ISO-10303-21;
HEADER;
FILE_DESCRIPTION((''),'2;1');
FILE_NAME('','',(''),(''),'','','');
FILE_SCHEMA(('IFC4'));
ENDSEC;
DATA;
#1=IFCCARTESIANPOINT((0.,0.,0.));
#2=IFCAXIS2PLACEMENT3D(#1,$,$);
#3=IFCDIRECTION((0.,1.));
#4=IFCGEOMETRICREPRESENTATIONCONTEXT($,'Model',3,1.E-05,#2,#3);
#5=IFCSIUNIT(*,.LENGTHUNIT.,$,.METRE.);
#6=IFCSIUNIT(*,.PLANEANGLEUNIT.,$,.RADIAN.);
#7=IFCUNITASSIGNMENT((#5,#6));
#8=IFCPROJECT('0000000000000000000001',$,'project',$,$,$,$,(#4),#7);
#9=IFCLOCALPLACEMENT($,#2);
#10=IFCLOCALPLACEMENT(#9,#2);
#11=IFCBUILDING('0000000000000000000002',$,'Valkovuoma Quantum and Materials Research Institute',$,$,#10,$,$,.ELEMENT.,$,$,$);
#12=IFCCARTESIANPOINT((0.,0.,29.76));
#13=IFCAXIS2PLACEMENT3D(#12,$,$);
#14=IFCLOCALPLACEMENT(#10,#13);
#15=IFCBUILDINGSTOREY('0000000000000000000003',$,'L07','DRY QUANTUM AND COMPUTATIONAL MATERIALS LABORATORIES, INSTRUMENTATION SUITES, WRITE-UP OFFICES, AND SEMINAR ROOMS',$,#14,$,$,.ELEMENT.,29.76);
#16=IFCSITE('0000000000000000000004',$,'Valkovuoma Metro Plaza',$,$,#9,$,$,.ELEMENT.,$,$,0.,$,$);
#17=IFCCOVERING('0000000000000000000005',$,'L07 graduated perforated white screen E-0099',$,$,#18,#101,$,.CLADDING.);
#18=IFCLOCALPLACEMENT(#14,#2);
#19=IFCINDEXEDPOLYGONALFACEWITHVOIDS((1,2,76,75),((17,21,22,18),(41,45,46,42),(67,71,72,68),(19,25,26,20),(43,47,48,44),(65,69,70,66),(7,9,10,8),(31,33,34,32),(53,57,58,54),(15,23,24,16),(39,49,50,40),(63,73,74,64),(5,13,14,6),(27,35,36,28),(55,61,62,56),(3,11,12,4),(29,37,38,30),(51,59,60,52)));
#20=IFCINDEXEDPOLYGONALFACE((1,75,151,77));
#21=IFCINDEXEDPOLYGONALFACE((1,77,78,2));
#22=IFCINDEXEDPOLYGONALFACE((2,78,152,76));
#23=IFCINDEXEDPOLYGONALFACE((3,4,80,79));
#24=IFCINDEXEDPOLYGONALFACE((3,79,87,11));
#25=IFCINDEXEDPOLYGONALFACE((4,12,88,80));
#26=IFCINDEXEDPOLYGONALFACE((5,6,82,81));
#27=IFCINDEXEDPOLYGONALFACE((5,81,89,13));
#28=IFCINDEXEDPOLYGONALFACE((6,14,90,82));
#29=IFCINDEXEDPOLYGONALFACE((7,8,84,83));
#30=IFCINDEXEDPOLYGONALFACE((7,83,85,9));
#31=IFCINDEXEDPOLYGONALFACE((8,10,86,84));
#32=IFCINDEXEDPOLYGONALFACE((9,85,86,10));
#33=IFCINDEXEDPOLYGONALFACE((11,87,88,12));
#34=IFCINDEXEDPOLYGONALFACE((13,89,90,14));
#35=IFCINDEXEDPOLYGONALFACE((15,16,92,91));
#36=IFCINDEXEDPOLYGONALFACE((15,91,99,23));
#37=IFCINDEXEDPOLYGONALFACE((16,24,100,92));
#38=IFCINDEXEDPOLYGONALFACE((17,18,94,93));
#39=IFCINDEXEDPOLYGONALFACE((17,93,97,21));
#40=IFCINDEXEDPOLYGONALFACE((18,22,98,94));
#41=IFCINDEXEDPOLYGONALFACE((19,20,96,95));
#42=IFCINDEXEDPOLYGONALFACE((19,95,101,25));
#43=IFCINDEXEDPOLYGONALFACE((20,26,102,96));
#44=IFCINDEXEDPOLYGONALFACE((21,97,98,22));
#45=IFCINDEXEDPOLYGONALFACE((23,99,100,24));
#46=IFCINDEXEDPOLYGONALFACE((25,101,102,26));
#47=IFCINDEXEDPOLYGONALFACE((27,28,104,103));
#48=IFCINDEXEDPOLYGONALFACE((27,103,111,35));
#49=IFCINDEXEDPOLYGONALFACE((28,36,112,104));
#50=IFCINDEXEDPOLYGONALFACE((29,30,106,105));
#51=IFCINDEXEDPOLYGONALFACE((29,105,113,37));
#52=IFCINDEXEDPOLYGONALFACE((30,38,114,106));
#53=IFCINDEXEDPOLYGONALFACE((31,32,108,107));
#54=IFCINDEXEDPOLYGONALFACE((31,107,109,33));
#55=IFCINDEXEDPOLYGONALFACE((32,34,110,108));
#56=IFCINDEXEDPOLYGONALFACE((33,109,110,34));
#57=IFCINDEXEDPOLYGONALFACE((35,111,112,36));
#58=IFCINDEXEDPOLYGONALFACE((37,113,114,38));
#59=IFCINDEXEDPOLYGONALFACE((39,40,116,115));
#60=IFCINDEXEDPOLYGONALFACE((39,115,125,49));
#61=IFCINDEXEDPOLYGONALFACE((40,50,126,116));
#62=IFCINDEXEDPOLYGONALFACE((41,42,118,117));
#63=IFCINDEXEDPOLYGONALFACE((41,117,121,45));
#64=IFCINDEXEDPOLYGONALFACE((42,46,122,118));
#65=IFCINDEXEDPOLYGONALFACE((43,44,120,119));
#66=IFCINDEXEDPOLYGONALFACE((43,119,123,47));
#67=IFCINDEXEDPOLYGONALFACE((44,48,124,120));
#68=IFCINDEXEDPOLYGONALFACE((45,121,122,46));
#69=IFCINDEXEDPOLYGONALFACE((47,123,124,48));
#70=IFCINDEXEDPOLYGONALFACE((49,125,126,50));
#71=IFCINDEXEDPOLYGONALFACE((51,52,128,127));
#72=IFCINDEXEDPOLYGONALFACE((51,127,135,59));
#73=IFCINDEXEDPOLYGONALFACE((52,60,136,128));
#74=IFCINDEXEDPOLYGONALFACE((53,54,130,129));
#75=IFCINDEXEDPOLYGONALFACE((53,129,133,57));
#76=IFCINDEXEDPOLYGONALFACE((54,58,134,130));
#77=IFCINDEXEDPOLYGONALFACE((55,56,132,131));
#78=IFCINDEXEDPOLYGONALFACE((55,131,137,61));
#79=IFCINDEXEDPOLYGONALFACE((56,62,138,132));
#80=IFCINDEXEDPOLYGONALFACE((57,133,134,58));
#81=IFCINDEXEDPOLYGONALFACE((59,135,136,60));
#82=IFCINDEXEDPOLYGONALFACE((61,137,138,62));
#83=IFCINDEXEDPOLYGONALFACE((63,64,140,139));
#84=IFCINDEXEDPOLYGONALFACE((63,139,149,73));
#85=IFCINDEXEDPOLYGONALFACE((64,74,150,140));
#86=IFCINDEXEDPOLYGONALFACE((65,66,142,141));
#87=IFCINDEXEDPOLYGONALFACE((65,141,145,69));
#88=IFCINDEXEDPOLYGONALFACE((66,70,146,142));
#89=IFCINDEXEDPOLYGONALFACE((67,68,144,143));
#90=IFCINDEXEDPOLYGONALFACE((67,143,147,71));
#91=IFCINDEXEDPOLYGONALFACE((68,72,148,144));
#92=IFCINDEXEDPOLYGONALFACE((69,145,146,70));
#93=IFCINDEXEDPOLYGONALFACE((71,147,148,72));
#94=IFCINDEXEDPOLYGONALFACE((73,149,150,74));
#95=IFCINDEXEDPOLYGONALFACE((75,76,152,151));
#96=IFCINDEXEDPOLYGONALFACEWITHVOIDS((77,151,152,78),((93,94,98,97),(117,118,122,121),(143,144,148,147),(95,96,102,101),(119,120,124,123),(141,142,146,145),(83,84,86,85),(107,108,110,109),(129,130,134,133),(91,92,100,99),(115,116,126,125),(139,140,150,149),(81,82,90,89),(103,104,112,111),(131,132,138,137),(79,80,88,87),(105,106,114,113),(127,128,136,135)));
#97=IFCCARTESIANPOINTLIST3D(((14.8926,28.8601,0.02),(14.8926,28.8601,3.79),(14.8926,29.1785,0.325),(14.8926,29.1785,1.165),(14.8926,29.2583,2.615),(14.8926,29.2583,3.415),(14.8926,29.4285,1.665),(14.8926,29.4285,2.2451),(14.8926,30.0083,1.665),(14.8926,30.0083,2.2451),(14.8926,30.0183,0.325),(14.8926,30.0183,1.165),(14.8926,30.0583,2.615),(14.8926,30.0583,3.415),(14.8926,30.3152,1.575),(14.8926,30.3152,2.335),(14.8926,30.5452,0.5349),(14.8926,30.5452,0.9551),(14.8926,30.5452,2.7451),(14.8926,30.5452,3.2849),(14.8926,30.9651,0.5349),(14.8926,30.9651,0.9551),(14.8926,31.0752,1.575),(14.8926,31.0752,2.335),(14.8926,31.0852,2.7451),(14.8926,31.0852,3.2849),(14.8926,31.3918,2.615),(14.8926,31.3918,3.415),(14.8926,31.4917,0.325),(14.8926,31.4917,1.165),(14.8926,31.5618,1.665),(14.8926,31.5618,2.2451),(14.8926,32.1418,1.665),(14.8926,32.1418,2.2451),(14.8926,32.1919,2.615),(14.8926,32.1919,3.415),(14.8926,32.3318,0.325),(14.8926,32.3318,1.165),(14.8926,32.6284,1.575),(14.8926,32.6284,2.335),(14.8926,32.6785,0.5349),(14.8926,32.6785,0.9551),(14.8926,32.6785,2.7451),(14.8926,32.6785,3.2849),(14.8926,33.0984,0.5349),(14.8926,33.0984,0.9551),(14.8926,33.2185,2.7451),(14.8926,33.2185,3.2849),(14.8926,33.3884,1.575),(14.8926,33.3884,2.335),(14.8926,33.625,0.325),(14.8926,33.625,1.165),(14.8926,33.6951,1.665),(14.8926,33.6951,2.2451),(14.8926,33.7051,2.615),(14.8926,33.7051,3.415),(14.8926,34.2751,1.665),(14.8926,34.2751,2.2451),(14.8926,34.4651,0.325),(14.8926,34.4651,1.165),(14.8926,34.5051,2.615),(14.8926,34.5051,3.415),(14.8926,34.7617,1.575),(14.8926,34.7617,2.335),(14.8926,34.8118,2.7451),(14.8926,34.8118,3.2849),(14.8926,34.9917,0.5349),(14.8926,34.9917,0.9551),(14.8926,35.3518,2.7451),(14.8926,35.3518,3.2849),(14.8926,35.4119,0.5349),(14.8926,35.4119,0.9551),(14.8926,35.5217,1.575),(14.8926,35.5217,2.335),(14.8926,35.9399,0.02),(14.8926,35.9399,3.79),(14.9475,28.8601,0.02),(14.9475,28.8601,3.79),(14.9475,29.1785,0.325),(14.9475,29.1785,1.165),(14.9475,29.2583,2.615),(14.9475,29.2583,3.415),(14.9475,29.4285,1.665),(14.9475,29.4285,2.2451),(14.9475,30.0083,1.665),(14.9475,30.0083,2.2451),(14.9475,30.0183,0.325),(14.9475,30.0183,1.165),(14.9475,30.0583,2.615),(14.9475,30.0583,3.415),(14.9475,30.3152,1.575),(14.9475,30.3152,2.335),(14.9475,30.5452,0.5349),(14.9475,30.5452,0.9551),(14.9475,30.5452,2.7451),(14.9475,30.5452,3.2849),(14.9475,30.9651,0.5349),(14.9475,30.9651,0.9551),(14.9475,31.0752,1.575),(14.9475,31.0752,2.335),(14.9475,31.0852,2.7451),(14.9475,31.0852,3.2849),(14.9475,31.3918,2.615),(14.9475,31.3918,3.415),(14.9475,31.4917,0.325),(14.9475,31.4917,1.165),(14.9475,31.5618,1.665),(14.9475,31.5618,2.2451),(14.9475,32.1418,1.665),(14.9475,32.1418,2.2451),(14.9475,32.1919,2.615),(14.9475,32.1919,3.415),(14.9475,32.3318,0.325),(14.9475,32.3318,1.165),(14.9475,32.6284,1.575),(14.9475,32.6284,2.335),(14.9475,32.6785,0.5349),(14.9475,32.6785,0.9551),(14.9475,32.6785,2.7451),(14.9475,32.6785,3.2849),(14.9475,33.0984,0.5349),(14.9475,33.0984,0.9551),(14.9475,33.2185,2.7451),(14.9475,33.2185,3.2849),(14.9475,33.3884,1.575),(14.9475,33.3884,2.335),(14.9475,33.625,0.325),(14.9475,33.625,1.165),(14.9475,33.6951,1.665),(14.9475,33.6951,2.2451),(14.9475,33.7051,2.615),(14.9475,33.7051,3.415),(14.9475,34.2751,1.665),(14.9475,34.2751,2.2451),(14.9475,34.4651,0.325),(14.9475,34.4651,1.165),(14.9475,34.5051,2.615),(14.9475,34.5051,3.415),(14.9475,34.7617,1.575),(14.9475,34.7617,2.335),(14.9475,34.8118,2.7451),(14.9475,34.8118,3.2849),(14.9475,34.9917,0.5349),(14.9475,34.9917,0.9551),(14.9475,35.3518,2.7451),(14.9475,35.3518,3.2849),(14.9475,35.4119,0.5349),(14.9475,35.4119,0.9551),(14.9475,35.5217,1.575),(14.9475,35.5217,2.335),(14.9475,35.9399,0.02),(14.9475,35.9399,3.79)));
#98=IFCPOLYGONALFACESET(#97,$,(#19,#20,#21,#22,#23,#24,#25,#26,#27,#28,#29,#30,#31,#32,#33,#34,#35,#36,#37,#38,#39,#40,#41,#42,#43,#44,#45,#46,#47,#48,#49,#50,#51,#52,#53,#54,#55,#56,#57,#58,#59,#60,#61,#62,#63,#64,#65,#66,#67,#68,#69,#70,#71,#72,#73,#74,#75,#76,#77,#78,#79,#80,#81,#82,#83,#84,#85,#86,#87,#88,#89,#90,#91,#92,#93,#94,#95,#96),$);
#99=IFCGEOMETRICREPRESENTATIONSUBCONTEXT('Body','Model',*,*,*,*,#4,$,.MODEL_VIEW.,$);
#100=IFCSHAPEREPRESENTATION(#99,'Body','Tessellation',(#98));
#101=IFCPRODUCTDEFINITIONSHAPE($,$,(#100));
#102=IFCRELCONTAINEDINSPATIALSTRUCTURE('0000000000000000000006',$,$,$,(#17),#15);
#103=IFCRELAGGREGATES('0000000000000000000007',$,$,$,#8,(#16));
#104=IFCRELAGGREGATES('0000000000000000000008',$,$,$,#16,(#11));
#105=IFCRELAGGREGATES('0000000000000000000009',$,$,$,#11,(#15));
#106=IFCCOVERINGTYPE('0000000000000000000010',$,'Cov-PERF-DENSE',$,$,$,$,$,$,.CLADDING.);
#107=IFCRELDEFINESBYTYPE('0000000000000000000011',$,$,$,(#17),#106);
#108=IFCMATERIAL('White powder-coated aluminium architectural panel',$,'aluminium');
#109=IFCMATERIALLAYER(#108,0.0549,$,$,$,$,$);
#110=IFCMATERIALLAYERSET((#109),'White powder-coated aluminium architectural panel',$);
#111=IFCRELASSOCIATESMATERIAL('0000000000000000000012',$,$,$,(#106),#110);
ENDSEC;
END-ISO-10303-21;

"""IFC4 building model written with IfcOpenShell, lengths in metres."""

from ifc_helpers import new_model, si_unit, direction, frame, origin, place, context, subcontext, project, spatial, polyline, outline, extrude, material, layer, layer_set, type_object, element, save


model = new_model("IFC4")

# Units and contexts
model_context = context("Model", 3, precision=1e-05, world=origin(), true_north=direction((0.0, 1.0)))
body_context = subcontext(model_context, "Body", "Model", "MODEL_VIEW")
ifc_project = project(units=[si_unit("LENGTHUNIT", "METRE"), si_unit("PLANEANGLEUNIT", "RADIAN")], contexts=[model_context])

# Site, building, storey
site_placement = place(None, origin())
site = spatial("IfcSite", under=ifc_project, at=site_placement, Name="Valkovuoma Metro Plaza", CompositionType="ELEMENT", RefElevation=0.0)
building_placement = place(site_placement, origin())
building = spatial("IfcBuilding", under=site, at=building_placement, Name="Valkovuoma Quantum and Materials Research Institute", CompositionType="ELEMENT")
storey_placement = place(building_placement, frame((0.0, 0.0, 29.76)))
storey = spatial("IfcBuildingStorey", under=building, at=storey_placement, Name="L07", Description="DRY QUANTUM AND COMPUTATIONAL MATERIALS LABORATORIES, INSTRUMENTATION SUITES, WRITE-UP OFFICES, AND SEMINAR ROOMS", CompositionType="ELEMENT", Elevation=29.76)

# Covering
ifc_material_1 = material(Name="White powder-coated aluminium architectural panel", Category="aluminium")
ifc_layer_1 = layer(ifc_material_1, 0.0549)
ifc_layer_set_1 = layer_set([ifc_layer_1], Name="White powder-coated aluminium architectural panel")
covering_type_1 = type_object("IfcCoveringType", Name="Cov-PERF-DENSE", PredefinedType="CLADDING", material=ifc_layer_set_1)
covering_1_placement = place(storey_placement, frame((14.9199, 28.8601, 0.02), z_axis=(0.0, 0.0, 1.0), x_axis=(0.0, 1.0, 0.0)))
element("IfcCovering", 1, at=covering_1_placement, inside=storey, type_object=covering_type_1, Name="L07 graduated perforated white screen E-0099", PredefinedType="CLADDING", context=body_context, shape_type="SweptSolid", body=[
    extrude(outline(polyline([(0.0, 0.0), (7.0798, 0.0), (7.0798, 3.77), (0.0, 3.77), (0.0, 0.0)]), holes=[polyline([(0.3184, 0.3049), (0.3184, 1.145), (1.1582, 1.145), (1.1582, 0.3049), (0.3184, 0.3049)]), polyline([(0.5684, 1.645), (0.5684, 2.2251), (1.1482, 2.2251), (1.1482, 1.645), (0.5684, 1.645)]), polyline([(0.3982, 2.595), (0.3982, 3.395), (1.1982, 3.395), (1.1982, 2.595), (0.3982, 2.595)]), polyline([(1.6851, 0.5149), (1.6851, 0.9351), (2.105, 0.9351), (2.105, 0.5149), (1.6851, 0.5149)]), polyline([(1.4551, 1.5549), (1.4551, 2.3149), (2.2151, 2.3149), (2.2151, 1.5549), (1.4551, 1.5549)]), polyline([(1.6851, 2.7251), (1.6851, 3.2649), (2.2251, 3.2649), (2.2251, 2.7251), (1.6851, 2.7251)]), polyline([(2.6316, 0.3049), (2.6316, 1.145), (3.4717, 1.145), (3.4717, 0.3049), (2.6316, 0.3049)]), polyline([(2.7017, 1.645), (2.7017, 2.2251), (3.2817, 2.2251), (3.2817, 1.645), (2.7017, 1.645)]), polyline([(2.5317, 2.595), (2.5317, 3.395), (3.3318, 3.395), (3.3318, 2.595), (2.5317, 2.595)]), polyline([(3.8184, 0.5149), (3.8184, 0.9351), (4.2383, 0.9351), (4.2383, 0.5149), (3.8184, 0.5149)]), polyline([(3.7683, 1.5549), (3.7683, 2.3149), (4.5283, 2.3149), (4.5283, 1.5549), (3.7683, 1.5549)]), polyline([(3.8184, 2.7251), (3.8184, 3.2649), (4.3584, 3.2649), (4.3584, 2.7251), (3.8184, 2.7251)]), polyline([(4.7649, 0.3049), (4.7649, 1.145), (5.605, 1.145), (5.605, 0.3049), (4.7649, 0.3049)]), polyline([(4.835, 1.645), (4.835, 2.2251), (5.415, 2.2251), (5.415, 1.645), (4.835, 1.645)]), polyline([(4.845, 2.595), (4.845, 3.395), (5.645, 3.395), (5.645, 2.595), (4.845, 2.595)]), polyline([(6.1316, 0.5149), (6.1316, 0.9351), (6.5518, 0.9351), (6.5518, 0.5149), (6.1316, 0.5149)]), polyline([(5.9016, 1.5549), (5.9016, 2.3149), (6.6616, 2.3149), (6.6616, 1.5549), (5.9016, 1.5549)]), polyline([(5.9517, 2.7251), (5.9517, 3.2649), (6.4917, 3.2649), (6.4917, 2.7251), (5.9517, 2.7251)])]), frame((0.0, 0.0273, 0.0), z_axis=(0.0, -1.0, 0.0), x_axis=(1.0, 0.0, 0.0)), (0.0, 0.0, 1.0), 0.0549),
])

save(model, "model.ifc")
